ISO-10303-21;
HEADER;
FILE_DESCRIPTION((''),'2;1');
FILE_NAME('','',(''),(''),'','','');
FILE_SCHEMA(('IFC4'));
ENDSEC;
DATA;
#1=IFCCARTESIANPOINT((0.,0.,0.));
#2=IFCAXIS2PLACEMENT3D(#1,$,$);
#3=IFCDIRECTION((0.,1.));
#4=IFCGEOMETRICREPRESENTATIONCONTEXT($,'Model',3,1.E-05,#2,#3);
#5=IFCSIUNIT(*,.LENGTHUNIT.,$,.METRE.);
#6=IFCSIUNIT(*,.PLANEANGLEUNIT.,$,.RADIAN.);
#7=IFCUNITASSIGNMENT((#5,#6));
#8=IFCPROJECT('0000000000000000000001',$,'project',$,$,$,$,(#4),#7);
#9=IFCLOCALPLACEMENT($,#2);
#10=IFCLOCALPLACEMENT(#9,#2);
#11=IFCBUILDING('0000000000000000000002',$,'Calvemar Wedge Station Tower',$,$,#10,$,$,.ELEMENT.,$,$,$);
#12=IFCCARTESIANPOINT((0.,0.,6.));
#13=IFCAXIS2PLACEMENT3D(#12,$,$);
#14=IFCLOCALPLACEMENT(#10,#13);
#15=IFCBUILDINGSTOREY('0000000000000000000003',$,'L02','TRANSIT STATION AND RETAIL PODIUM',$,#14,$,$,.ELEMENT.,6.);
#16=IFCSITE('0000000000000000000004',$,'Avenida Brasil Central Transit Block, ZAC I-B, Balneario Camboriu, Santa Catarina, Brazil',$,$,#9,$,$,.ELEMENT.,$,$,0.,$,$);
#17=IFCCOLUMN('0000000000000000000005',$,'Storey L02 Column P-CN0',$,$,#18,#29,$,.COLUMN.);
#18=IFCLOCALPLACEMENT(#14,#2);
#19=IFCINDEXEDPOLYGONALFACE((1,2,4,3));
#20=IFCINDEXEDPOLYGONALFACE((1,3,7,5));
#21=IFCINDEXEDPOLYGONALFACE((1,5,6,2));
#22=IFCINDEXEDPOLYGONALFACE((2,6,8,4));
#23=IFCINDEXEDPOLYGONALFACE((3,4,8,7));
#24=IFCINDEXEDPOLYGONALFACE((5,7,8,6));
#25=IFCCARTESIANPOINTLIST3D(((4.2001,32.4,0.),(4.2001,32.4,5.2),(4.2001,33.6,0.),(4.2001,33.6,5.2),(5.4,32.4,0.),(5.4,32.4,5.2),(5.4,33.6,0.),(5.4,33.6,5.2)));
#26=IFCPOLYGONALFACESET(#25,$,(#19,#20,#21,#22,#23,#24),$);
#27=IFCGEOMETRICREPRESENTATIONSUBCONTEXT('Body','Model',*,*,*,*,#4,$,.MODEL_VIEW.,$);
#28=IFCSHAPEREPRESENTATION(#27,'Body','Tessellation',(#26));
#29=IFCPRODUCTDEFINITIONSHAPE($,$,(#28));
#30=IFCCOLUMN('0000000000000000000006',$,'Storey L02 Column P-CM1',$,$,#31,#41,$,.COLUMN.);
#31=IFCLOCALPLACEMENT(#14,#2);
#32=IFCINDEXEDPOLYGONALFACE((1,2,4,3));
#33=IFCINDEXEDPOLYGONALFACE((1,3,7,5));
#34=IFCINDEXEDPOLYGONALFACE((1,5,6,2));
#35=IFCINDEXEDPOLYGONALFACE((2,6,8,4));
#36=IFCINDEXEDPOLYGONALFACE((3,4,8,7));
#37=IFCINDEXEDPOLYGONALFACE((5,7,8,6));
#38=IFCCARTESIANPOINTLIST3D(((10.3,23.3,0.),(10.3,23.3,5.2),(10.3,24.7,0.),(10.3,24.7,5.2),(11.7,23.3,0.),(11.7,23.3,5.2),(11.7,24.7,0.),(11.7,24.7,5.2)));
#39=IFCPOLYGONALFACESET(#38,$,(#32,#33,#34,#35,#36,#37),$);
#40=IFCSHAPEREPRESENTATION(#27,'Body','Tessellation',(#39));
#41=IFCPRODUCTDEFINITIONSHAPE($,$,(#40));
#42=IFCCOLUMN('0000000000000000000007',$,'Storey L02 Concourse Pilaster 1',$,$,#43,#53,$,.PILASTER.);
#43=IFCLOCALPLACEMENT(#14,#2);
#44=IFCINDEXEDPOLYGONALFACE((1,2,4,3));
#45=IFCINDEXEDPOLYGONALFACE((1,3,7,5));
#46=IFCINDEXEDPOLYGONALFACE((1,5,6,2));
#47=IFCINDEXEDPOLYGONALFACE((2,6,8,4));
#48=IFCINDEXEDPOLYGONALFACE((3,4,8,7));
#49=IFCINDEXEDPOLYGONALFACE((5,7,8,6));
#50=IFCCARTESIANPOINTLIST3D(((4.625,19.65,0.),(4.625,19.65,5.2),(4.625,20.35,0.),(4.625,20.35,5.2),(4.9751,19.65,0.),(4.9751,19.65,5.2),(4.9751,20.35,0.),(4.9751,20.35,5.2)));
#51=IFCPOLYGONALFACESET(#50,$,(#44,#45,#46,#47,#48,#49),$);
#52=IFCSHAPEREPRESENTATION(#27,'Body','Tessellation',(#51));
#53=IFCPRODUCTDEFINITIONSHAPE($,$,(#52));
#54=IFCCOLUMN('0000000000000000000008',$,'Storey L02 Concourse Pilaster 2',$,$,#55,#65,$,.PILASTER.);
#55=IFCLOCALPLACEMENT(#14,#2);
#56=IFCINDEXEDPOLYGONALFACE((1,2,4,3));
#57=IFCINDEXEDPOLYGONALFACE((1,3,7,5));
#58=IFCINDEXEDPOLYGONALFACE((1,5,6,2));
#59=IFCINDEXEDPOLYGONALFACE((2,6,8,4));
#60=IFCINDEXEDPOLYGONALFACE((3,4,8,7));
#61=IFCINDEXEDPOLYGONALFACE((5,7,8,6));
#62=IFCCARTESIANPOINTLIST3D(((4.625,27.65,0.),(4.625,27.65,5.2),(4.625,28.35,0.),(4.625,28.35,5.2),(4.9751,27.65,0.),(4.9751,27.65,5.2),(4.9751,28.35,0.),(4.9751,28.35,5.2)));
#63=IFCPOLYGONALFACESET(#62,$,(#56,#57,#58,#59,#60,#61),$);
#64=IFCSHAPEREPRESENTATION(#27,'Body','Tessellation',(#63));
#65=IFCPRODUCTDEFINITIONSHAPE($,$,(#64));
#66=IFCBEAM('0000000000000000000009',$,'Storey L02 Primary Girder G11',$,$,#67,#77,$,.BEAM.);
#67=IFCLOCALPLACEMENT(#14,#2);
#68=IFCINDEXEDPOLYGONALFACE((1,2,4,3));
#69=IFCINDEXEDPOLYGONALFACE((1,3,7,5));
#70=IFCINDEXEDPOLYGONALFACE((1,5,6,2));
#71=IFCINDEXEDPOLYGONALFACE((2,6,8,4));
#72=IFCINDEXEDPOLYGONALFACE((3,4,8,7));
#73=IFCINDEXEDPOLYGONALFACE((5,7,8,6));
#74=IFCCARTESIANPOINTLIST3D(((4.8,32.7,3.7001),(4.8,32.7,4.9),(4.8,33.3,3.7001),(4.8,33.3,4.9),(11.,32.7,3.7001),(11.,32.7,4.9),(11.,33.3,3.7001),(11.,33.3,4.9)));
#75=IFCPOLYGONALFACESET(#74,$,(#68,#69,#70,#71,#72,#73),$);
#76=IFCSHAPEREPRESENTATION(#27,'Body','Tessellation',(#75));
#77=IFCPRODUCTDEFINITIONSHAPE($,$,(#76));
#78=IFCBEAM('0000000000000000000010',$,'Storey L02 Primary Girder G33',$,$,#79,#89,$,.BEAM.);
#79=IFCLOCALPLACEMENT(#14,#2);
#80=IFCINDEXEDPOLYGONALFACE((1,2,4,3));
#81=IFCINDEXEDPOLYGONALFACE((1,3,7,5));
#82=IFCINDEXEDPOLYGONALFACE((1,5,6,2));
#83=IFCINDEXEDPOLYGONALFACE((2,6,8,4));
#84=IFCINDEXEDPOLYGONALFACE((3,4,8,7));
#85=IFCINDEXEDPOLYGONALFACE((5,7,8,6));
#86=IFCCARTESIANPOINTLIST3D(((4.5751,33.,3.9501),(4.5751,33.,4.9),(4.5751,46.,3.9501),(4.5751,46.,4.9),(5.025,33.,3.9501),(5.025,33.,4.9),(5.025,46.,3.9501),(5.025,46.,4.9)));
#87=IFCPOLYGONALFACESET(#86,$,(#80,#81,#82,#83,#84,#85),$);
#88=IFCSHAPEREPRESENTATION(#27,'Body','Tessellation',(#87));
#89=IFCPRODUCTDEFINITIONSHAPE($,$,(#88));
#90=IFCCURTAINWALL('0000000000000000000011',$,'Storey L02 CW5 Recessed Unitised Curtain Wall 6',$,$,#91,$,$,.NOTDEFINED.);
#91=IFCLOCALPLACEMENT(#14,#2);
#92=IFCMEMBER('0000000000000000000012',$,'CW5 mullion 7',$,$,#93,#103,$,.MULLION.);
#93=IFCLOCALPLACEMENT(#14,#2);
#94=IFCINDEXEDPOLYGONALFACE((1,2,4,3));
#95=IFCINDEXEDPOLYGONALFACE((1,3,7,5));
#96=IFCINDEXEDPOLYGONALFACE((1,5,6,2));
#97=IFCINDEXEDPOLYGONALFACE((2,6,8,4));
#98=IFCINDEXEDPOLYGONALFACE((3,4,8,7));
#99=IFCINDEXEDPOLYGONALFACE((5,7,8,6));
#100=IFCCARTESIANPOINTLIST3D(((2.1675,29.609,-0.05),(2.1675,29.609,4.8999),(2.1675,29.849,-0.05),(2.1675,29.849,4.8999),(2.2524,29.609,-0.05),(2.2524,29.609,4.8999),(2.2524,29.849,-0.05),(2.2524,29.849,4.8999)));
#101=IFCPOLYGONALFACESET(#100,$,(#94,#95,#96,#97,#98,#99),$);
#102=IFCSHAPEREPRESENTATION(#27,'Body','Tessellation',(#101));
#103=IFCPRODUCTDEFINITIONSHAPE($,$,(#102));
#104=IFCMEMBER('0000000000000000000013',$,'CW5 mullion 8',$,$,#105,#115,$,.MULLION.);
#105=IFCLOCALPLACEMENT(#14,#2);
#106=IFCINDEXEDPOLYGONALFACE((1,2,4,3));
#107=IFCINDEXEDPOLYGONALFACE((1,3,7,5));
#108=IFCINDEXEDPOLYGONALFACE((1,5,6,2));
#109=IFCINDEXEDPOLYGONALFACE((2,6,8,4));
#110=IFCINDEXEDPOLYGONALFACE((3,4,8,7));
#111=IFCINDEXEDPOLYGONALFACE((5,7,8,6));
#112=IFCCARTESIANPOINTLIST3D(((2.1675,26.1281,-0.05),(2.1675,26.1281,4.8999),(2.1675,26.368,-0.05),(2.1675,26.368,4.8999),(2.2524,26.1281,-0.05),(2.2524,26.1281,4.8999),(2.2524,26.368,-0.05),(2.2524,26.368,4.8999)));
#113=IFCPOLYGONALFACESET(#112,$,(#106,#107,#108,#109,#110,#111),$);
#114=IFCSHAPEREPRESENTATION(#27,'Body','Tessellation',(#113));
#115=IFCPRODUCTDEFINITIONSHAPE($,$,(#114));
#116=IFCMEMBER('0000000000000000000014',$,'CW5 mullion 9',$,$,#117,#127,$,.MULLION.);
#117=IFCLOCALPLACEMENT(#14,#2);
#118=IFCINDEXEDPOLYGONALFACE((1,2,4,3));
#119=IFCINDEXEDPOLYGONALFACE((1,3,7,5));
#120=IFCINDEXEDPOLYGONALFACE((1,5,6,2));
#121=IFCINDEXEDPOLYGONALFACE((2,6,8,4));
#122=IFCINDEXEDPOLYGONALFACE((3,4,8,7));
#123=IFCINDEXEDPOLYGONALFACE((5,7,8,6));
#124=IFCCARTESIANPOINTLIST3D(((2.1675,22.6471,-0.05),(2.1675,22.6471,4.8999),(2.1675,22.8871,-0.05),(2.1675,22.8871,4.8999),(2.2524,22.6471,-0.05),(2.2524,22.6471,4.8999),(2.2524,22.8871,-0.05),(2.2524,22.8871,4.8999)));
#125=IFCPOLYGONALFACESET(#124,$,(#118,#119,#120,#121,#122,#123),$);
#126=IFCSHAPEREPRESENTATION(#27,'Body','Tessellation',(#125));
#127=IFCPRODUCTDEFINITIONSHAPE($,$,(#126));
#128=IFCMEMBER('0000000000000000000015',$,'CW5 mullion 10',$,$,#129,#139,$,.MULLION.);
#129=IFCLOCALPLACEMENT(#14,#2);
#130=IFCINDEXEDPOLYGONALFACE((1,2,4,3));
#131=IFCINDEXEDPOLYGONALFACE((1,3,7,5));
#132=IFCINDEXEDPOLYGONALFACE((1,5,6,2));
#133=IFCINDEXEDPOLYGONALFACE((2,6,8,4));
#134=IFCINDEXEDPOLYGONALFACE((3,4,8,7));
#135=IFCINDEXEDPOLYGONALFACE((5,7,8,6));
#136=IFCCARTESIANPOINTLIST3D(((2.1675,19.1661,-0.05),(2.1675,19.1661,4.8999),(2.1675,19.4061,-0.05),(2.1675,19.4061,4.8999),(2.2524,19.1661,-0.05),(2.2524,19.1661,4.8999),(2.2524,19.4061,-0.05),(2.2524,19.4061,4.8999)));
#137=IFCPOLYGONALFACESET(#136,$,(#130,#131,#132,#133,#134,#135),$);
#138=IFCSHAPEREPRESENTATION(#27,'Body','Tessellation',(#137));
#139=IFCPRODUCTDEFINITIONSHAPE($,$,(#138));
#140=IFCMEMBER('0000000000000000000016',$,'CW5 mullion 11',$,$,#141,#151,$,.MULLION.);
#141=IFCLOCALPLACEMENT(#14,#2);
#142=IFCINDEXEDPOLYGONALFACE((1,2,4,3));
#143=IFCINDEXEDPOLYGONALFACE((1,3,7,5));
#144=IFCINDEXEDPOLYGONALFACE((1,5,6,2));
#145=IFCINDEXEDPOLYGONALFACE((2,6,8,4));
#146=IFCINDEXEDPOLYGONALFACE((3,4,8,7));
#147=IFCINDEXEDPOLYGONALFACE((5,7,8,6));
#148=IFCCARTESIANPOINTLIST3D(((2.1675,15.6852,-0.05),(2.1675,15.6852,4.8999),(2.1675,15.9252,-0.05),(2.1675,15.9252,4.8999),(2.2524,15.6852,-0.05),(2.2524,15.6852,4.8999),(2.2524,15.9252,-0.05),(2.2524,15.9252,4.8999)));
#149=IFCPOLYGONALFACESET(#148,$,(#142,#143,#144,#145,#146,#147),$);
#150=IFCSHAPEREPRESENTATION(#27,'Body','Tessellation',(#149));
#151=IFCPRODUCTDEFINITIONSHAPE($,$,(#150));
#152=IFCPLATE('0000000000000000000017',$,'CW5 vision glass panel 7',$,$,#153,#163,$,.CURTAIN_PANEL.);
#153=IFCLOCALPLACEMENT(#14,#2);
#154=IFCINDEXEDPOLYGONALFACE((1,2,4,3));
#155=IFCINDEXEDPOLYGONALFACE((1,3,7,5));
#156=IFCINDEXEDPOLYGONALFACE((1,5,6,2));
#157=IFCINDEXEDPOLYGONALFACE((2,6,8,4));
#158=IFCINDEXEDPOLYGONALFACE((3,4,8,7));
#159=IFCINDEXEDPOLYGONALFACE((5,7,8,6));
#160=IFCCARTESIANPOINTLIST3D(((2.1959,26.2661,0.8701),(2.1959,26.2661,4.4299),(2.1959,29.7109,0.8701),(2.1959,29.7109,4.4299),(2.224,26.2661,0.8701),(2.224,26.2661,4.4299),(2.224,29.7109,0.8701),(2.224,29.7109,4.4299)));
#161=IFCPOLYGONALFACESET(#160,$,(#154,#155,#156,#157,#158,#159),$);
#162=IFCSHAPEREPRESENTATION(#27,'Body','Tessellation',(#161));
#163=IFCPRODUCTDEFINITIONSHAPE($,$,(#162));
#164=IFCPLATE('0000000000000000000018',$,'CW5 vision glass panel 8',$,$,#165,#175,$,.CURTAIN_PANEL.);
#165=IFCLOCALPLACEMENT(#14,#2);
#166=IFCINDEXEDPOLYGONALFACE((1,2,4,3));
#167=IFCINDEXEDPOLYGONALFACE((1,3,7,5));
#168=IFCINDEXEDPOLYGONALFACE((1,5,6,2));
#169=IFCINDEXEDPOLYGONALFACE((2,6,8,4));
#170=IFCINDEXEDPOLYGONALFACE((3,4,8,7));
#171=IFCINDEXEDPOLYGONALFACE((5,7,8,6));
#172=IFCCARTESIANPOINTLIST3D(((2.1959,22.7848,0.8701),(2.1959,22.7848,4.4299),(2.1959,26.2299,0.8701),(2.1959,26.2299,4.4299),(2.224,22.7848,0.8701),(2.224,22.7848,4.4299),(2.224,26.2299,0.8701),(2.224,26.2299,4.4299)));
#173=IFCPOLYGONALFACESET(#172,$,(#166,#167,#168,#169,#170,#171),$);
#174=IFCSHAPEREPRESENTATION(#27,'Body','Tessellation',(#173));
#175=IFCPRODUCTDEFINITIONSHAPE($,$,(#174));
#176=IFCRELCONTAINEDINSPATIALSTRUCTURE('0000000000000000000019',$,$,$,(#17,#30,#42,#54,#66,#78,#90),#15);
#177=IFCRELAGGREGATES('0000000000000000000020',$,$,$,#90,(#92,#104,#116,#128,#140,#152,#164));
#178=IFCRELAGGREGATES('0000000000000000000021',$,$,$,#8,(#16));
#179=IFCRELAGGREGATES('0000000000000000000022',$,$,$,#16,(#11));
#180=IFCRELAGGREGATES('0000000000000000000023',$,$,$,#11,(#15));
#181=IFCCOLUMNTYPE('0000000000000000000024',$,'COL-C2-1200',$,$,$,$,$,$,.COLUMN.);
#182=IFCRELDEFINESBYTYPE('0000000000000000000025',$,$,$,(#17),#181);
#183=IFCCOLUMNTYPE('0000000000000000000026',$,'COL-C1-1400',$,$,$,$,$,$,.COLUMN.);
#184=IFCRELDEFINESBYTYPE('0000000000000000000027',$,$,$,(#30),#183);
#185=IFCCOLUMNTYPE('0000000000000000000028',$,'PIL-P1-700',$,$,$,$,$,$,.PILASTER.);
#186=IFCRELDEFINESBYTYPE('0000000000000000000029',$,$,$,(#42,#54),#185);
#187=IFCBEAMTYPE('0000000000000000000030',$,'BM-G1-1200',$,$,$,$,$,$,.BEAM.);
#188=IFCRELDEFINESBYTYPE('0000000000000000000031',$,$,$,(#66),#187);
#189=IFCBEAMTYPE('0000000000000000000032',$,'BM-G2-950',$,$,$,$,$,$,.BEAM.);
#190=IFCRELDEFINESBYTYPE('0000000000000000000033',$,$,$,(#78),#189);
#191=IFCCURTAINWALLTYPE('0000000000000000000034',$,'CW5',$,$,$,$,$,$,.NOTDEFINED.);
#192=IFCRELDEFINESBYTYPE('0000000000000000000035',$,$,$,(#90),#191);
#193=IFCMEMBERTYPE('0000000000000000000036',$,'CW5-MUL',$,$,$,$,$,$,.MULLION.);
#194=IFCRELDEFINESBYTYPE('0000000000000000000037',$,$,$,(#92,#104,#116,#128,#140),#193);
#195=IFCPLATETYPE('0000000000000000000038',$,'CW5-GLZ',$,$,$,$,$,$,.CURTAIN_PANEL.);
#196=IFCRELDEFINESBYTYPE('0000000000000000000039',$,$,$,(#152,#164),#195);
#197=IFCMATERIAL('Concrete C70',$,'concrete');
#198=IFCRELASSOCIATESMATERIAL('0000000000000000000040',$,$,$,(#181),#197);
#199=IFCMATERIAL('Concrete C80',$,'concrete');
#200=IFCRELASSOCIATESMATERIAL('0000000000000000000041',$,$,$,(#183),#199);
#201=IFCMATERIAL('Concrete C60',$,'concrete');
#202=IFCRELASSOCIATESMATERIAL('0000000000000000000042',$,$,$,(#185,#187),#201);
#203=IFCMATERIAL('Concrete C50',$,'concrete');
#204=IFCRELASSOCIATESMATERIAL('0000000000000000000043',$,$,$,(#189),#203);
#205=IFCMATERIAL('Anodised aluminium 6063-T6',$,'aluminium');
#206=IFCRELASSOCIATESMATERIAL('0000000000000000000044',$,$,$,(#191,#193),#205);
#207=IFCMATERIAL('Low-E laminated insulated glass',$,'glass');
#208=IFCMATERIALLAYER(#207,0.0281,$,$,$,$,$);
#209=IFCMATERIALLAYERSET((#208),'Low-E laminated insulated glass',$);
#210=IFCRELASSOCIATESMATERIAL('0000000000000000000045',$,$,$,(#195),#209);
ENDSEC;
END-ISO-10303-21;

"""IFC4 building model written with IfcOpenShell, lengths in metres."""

from ifc_helpers import new_model, si_unit, direction, frame, frame_2d, origin, origin_2d, place, context, subcontext, project, spatial, rectangle, extrude, source, transform, mapped, material, layer, layer_set, material_profile, profile_set, type_object, element, aggregate, save


model = new_model("IFC4")

# Units and contexts
model_context = context("Model", 3, precision=1e-05, world=origin(), true_north=direction((0.0, 1.0)))
body_context = subcontext(model_context, "Body", "Model", "MODEL_VIEW")
ifc_project = project(units=[si_unit("LENGTHUNIT", "METRE"), si_unit("PLANEANGLEUNIT", "RADIAN")], contexts=[model_context])

# Site, building, storey
site_placement = place(None, origin())
site = spatial("IfcSite", under=ifc_project, at=site_placement, Name="Avenida Brasil Central Transit Block, ZAC I-B, Balneario Camboriu, Santa Catarina, Brazil", CompositionType="ELEMENT", RefElevation=0.0)
building_placement = place(site_placement, origin())
building = spatial("IfcBuilding", under=site, at=building_placement, Name="Calvemar Wedge Station Tower", CompositionType="ELEMENT")
storey_placement = place(building_placement, frame((0.0, 0.0, 6.0)))
storey = spatial("IfcBuildingStorey", under=building, at=storey_placement, Name="L02", Description="TRANSIT STATION AND RETAIL PODIUM", CompositionType="ELEMENT", Elevation=6.0)

# Columns
ifc_material_1 = material(Name="Concrete C70", Category="concrete")
ifc_material_profile_1 = material_profile(ifc_material_1, rectangle(XDim=1.2, YDim=1.2, at=origin_2d()), Name="RC1200x1200")
ifc_profile_set_1 = profile_set([ifc_material_profile_1], Name="Concrete C70")
column_type_1 = type_object("IfcColumnType", Name="COL-C2-1200", PredefinedType="COLUMN", material=ifc_profile_set_1)
shared_shape_1 = source(origin(), body_context, "Body", "SweptSolid", [
    extrude(rectangle(XDim=1.2, YDim=1.2, at=origin_2d()), origin(), (0.0, 0.0, 1.0), 5.2),
])
column_1_placement = place(storey_placement, frame((4.8, 33.0, 0.0), z_axis=(0.0, 0.0, 1.0), x_axis=(1.0, 0.0, 0.0)))
element("IfcColumn", 1, at=column_1_placement, inside=storey, type_object=column_type_1, Name="Storey L02 Column P-CN0", PredefinedType="COLUMN", context=body_context, shape_type="MappedRepresentation", body=[
    mapped(shared_shape_1, transform((0.0, 0.0, 0.0), scale=1.0)),
])
ifc_material_2 = material(Name="Concrete C80", Category="concrete")
ifc_material_profile_2 = material_profile(ifc_material_2, rectangle(XDim=1.3999, YDim=1.3999, at=origin_2d()), Name="RC1400x1400")
ifc_profile_set_2 = profile_set([ifc_material_profile_2], Name="Concrete C80")
column_type_2 = type_object("IfcColumnType", Name="COL-C1-1400", PredefinedType="COLUMN", material=ifc_profile_set_2)
shared_shape_2 = source(origin(), body_context, "Body", "SweptSolid", [
    extrude(rectangle(XDim=1.3999, YDim=1.3999, at=origin_2d()), origin(), (0.0, 0.0, 1.0), 5.2),
])
column_2_placement = place(storey_placement, frame((11.0, 24.0, 0.0), z_axis=(0.0, 0.0, 1.0), x_axis=(1.0, 0.0, 0.0)))
element("IfcColumn", 2, at=column_2_placement, inside=storey, type_object=column_type_2, Name="Storey L02 Column P-CM1", PredefinedType="COLUMN", context=body_context, shape_type="MappedRepresentation", body=[
    mapped(shared_shape_2, transform((0.0, 0.0, 0.0), scale=1.0)),
])
ifc_material_3 = material(Name="Concrete C60", Category="concrete")
ifc_material_profile_3 = material_profile(ifc_material_3, rectangle(XDim=0.3501, YDim=0.7, at=origin_2d()), Name="RC350x700")
ifc_profile_set_3 = profile_set([ifc_material_profile_3], Name="Concrete C60")
column_type_3 = type_object("IfcColumnType", Name="PIL-P1-700", PredefinedType="PILASTER", material=ifc_profile_set_3)
shared_shape_3 = source(origin(), body_context, "Body", "SweptSolid", [
    extrude(rectangle(XDim=0.3501, YDim=0.7, at=origin_2d()), origin(), (0.0, 0.0, 1.0), 5.2),
])
for number, where, z_axis, x_axis, name in (
    (3, (4.8, 20.0, 0.0), (0.0, 0.0, 1.0), (1.0, 0.0, 0.0), "Storey L02 Concourse Pilaster 1"),
    (4, (4.8, 28.0, 0.0), (0.0, 0.0, 1.0), (1.0, 0.0, 0.0), "Storey L02 Concourse Pilaster 2"),
):
    element("IfcColumn", number, at=place(storey_placement, frame(where, z_axis=z_axis, x_axis=x_axis)), inside=storey, type_object=column_type_3, Name=name, PredefinedType="PILASTER", context=body_context, shape_type="MappedRepresentation", body=[
        mapped(shared_shape_3, transform((0.0, 0.0, 0.0), scale=1.0)),
    ])

# Beams
ifc_material_profile_4 = material_profile(ifc_material_3, rectangle(XDim=0.6001, YDim=1.2, at=origin_2d()), Name="RC600x1200")
ifc_profile_set_4 = profile_set([ifc_material_profile_4], Name="Concrete C60")
beam_type_1 = type_object("IfcBeamType", Name="BM-G1-1200", PredefinedType="BEAM", material=ifc_profile_set_4)
shared_shape_4 = source(origin(), body_context, "Body", "SweptSolid", [
    extrude(rectangle(XDim=0.6001, YDim=1.2, at=origin_2d()), origin(), (0.0, 0.0, 1.0), 6.2),
])
beam_1_placement = place(storey_placement, frame((4.8, 33.0, 4.3), z_axis=(1.0, 0.0, 0.0), x_axis=(0.0, 1.0, 0.0)))
element("IfcBeam", 5, at=beam_1_placement, inside=storey, type_object=beam_type_1, Name="Storey L02 Primary Girder G11", PredefinedType="BEAM", context=body_context, shape_type="MappedRepresentation", body=[
    mapped(shared_shape_4, transform((0.0, 0.0, 0.0), scale=1.0)),
])
ifc_material_4 = material(Name="Concrete C50", Category="concrete")
ifc_material_profile_5 = material_profile(ifc_material_4, rectangle(XDim=0.45, YDim=0.95, at=origin_2d()), Name="RC450x950")
ifc_profile_set_5 = profile_set([ifc_material_profile_5], Name="Concrete C50")
beam_type_2 = type_object("IfcBeamType", Name="BM-G2-950", PredefinedType="BEAM", material=ifc_profile_set_5)
shared_shape_5 = source(origin(), body_context, "Body", "SweptSolid", [
    extrude(rectangle(XDim=0.45, YDim=0.95, at=origin_2d()), origin(), (0.0, 0.0, 1.0), 13.0),
])
beam_2_placement = place(storey_placement, frame((4.8, 33.0, 4.425), z_axis=(0.0, 1.0, 0.0), x_axis=(-1.0, 0.0, 0.0)))
element("IfcBeam", 6, at=beam_2_placement, inside=storey, type_object=beam_type_2, Name="Storey L02 Primary Girder G33", PredefinedType="BEAM", context=body_context, shape_type="MappedRepresentation", body=[
    mapped(shared_shape_5, transform((0.0, 0.0, 0.0), scale=1.0)),
])

# Curtain wall, members, plates
ifc_material_5 = material(Name="Anodised aluminium 6063-T6", Category="aluminium")
curtain_wall_type = type_object("IfcCurtainWallType", Name="CW5", PredefinedType="NOTDEFINED", material=ifc_material_5)
curtain_wall_placement = place(storey_placement, origin())
curtain_wall = element("IfcCurtainWall", 7, at=curtain_wall_placement, inside=storey, type_object=curtain_wall_type, Name="Storey L02 CW5 Recessed Unitised Curtain Wall 6", PredefinedType="NOTDEFINED")
ifc_material_profile_6 = material_profile(ifc_material_5, rectangle(XDim=0.085, YDim=0.24, at=origin_2d()), Name="AL-MUL-85x240")
ifc_profile_set_6 = profile_set([ifc_material_profile_6], Name="Anodised aluminium 6063-T6")
member_type = type_object("IfcMemberType", Name="CW5-MUL", PredefinedType="MULLION", material=ifc_profile_set_6)
shared_shape_6 = source(origin(), body_context, "Body", "SweptSolid", [
    extrude(rectangle(XDim=0.085, YDim=0.24, at=origin_2d()), origin(), (0.0, 0.0, 1.0), 4.95),
])
member_1_placement = place(storey_placement, frame((2.21, 29.729, -0.05), z_axis=(0.0, 0.0, 1.0), x_axis=(1.0, 0.0, 0.0)))
member_1 = element("IfcMember", 8, at=member_1_placement, type_object=member_type, Name="CW5 mullion 7", PredefinedType="MULLION", context=body_context, shape_type="MappedRepresentation", body=[
    mapped(shared_shape_6, transform((0.0, 0.0, 0.0), scale=1.0)),
])
member_2_placement = place(storey_placement, frame((2.21, 26.248, -0.05), z_axis=(0.0, 0.0, 1.0), x_axis=(1.0, 0.0, 0.0)))
member_2 = element("IfcMember", 9, at=member_2_placement, type_object=member_type, Name="CW5 mullion 8", PredefinedType="MULLION", context=body_context, shape_type="MappedRepresentation", body=[
    mapped(shared_shape_6, transform((0.0, 0.0, 0.0), scale=1.0)),
])
member_3_placement = place(storey_placement, frame((2.21, 22.7671, -0.05), z_axis=(0.0, 0.0, 1.0), x_axis=(1.0, 0.0, 0.0)))
member_3 = element("IfcMember", 10, at=member_3_placement, type_object=member_type, Name="CW5 mullion 9", PredefinedType="MULLION", context=body_context, shape_type="MappedRepresentation", body=[
    mapped(shared_shape_6, transform((0.0, 0.0, 0.0), scale=1.0)),
])
member_4_placement = place(storey_placement, frame((2.21, 19.2861, -0.05), z_axis=(0.0, 0.0, 1.0), x_axis=(1.0, 0.0, 0.0)))
member_4 = element("IfcMember", 11, at=member_4_placement, type_object=member_type, Name="CW5 mullion 10", PredefinedType="MULLION", context=body_context, shape_type="MappedRepresentation", body=[
    mapped(shared_shape_6, transform((0.0, 0.0, 0.0), scale=1.0)),
])
member_5_placement = place(storey_placement, frame((2.21, 15.8052, -0.05), z_axis=(0.0, 0.0, 1.0), x_axis=(1.0, 0.0, 0.0)))
member_5 = element("IfcMember", 12, at=member_5_placement, type_object=member_type, Name="CW5 mullion 11", PredefinedType="MULLION", context=body_context, shape_type="MappedRepresentation", body=[
    mapped(shared_shape_6, transform((0.0, 0.0, 0.0), scale=1.0)),
])
ifc_material_6 = material(Name="Low-E laminated insulated glass", Category="glass")
ifc_layer_1 = layer(ifc_material_6, 0.0281)
ifc_layer_set_1 = layer_set([ifc_layer_1], Name="Low-E laminated insulated glass")
plate_type_1 = type_object("IfcPlateType", Name="CW5-GLZ", PredefinedType="CURTAIN_PANEL", material=ifc_layer_set_1)
plate_1_placement = place(storey_placement, frame((2.21, 29.7109, 0.8701), z_axis=(0.0, 0.0, 1.0), x_axis=(0.0, -1.0, 0.0)))
plate_1 = element("IfcPlate", 13, at=plate_1_placement, type_object=plate_type_1, Name="CW5 vision glass panel 7", PredefinedType="CURTAIN_PANEL", context=body_context, shape_type="SweptSolid", body=[
    extrude(rectangle(XDim=3.4448, YDim=0.0281, at=frame_2d((1.7224, 0.0))), origin(), (0.0, 0.0, 1.0), 3.5598),
])
plate_2_placement = place(storey_placement, frame((2.21, 26.23, 0.8701), z_axis=(0.0, 0.0, 1.0), x_axis=(0.0, -1.0, 0.0)))
plate_2 = element("IfcPlate", 14, at=plate_2_placement, type_object=plate_type_1, Name="CW5 vision glass panel 8", PredefinedType="CURTAIN_PANEL", context=body_context, shape_type="SweptSolid", body=[
    extrude(rectangle(XDim=3.4451, YDim=0.0281, at=frame_2d((1.7227, 0.0))), origin(), (0.0, 0.0, 1.0), 3.5598),
])
aggregate(curtain_wall, [member_1, member_2, member_3, member_4, member_5, plate_1, plate_2])

save(model, "model.ifc")
